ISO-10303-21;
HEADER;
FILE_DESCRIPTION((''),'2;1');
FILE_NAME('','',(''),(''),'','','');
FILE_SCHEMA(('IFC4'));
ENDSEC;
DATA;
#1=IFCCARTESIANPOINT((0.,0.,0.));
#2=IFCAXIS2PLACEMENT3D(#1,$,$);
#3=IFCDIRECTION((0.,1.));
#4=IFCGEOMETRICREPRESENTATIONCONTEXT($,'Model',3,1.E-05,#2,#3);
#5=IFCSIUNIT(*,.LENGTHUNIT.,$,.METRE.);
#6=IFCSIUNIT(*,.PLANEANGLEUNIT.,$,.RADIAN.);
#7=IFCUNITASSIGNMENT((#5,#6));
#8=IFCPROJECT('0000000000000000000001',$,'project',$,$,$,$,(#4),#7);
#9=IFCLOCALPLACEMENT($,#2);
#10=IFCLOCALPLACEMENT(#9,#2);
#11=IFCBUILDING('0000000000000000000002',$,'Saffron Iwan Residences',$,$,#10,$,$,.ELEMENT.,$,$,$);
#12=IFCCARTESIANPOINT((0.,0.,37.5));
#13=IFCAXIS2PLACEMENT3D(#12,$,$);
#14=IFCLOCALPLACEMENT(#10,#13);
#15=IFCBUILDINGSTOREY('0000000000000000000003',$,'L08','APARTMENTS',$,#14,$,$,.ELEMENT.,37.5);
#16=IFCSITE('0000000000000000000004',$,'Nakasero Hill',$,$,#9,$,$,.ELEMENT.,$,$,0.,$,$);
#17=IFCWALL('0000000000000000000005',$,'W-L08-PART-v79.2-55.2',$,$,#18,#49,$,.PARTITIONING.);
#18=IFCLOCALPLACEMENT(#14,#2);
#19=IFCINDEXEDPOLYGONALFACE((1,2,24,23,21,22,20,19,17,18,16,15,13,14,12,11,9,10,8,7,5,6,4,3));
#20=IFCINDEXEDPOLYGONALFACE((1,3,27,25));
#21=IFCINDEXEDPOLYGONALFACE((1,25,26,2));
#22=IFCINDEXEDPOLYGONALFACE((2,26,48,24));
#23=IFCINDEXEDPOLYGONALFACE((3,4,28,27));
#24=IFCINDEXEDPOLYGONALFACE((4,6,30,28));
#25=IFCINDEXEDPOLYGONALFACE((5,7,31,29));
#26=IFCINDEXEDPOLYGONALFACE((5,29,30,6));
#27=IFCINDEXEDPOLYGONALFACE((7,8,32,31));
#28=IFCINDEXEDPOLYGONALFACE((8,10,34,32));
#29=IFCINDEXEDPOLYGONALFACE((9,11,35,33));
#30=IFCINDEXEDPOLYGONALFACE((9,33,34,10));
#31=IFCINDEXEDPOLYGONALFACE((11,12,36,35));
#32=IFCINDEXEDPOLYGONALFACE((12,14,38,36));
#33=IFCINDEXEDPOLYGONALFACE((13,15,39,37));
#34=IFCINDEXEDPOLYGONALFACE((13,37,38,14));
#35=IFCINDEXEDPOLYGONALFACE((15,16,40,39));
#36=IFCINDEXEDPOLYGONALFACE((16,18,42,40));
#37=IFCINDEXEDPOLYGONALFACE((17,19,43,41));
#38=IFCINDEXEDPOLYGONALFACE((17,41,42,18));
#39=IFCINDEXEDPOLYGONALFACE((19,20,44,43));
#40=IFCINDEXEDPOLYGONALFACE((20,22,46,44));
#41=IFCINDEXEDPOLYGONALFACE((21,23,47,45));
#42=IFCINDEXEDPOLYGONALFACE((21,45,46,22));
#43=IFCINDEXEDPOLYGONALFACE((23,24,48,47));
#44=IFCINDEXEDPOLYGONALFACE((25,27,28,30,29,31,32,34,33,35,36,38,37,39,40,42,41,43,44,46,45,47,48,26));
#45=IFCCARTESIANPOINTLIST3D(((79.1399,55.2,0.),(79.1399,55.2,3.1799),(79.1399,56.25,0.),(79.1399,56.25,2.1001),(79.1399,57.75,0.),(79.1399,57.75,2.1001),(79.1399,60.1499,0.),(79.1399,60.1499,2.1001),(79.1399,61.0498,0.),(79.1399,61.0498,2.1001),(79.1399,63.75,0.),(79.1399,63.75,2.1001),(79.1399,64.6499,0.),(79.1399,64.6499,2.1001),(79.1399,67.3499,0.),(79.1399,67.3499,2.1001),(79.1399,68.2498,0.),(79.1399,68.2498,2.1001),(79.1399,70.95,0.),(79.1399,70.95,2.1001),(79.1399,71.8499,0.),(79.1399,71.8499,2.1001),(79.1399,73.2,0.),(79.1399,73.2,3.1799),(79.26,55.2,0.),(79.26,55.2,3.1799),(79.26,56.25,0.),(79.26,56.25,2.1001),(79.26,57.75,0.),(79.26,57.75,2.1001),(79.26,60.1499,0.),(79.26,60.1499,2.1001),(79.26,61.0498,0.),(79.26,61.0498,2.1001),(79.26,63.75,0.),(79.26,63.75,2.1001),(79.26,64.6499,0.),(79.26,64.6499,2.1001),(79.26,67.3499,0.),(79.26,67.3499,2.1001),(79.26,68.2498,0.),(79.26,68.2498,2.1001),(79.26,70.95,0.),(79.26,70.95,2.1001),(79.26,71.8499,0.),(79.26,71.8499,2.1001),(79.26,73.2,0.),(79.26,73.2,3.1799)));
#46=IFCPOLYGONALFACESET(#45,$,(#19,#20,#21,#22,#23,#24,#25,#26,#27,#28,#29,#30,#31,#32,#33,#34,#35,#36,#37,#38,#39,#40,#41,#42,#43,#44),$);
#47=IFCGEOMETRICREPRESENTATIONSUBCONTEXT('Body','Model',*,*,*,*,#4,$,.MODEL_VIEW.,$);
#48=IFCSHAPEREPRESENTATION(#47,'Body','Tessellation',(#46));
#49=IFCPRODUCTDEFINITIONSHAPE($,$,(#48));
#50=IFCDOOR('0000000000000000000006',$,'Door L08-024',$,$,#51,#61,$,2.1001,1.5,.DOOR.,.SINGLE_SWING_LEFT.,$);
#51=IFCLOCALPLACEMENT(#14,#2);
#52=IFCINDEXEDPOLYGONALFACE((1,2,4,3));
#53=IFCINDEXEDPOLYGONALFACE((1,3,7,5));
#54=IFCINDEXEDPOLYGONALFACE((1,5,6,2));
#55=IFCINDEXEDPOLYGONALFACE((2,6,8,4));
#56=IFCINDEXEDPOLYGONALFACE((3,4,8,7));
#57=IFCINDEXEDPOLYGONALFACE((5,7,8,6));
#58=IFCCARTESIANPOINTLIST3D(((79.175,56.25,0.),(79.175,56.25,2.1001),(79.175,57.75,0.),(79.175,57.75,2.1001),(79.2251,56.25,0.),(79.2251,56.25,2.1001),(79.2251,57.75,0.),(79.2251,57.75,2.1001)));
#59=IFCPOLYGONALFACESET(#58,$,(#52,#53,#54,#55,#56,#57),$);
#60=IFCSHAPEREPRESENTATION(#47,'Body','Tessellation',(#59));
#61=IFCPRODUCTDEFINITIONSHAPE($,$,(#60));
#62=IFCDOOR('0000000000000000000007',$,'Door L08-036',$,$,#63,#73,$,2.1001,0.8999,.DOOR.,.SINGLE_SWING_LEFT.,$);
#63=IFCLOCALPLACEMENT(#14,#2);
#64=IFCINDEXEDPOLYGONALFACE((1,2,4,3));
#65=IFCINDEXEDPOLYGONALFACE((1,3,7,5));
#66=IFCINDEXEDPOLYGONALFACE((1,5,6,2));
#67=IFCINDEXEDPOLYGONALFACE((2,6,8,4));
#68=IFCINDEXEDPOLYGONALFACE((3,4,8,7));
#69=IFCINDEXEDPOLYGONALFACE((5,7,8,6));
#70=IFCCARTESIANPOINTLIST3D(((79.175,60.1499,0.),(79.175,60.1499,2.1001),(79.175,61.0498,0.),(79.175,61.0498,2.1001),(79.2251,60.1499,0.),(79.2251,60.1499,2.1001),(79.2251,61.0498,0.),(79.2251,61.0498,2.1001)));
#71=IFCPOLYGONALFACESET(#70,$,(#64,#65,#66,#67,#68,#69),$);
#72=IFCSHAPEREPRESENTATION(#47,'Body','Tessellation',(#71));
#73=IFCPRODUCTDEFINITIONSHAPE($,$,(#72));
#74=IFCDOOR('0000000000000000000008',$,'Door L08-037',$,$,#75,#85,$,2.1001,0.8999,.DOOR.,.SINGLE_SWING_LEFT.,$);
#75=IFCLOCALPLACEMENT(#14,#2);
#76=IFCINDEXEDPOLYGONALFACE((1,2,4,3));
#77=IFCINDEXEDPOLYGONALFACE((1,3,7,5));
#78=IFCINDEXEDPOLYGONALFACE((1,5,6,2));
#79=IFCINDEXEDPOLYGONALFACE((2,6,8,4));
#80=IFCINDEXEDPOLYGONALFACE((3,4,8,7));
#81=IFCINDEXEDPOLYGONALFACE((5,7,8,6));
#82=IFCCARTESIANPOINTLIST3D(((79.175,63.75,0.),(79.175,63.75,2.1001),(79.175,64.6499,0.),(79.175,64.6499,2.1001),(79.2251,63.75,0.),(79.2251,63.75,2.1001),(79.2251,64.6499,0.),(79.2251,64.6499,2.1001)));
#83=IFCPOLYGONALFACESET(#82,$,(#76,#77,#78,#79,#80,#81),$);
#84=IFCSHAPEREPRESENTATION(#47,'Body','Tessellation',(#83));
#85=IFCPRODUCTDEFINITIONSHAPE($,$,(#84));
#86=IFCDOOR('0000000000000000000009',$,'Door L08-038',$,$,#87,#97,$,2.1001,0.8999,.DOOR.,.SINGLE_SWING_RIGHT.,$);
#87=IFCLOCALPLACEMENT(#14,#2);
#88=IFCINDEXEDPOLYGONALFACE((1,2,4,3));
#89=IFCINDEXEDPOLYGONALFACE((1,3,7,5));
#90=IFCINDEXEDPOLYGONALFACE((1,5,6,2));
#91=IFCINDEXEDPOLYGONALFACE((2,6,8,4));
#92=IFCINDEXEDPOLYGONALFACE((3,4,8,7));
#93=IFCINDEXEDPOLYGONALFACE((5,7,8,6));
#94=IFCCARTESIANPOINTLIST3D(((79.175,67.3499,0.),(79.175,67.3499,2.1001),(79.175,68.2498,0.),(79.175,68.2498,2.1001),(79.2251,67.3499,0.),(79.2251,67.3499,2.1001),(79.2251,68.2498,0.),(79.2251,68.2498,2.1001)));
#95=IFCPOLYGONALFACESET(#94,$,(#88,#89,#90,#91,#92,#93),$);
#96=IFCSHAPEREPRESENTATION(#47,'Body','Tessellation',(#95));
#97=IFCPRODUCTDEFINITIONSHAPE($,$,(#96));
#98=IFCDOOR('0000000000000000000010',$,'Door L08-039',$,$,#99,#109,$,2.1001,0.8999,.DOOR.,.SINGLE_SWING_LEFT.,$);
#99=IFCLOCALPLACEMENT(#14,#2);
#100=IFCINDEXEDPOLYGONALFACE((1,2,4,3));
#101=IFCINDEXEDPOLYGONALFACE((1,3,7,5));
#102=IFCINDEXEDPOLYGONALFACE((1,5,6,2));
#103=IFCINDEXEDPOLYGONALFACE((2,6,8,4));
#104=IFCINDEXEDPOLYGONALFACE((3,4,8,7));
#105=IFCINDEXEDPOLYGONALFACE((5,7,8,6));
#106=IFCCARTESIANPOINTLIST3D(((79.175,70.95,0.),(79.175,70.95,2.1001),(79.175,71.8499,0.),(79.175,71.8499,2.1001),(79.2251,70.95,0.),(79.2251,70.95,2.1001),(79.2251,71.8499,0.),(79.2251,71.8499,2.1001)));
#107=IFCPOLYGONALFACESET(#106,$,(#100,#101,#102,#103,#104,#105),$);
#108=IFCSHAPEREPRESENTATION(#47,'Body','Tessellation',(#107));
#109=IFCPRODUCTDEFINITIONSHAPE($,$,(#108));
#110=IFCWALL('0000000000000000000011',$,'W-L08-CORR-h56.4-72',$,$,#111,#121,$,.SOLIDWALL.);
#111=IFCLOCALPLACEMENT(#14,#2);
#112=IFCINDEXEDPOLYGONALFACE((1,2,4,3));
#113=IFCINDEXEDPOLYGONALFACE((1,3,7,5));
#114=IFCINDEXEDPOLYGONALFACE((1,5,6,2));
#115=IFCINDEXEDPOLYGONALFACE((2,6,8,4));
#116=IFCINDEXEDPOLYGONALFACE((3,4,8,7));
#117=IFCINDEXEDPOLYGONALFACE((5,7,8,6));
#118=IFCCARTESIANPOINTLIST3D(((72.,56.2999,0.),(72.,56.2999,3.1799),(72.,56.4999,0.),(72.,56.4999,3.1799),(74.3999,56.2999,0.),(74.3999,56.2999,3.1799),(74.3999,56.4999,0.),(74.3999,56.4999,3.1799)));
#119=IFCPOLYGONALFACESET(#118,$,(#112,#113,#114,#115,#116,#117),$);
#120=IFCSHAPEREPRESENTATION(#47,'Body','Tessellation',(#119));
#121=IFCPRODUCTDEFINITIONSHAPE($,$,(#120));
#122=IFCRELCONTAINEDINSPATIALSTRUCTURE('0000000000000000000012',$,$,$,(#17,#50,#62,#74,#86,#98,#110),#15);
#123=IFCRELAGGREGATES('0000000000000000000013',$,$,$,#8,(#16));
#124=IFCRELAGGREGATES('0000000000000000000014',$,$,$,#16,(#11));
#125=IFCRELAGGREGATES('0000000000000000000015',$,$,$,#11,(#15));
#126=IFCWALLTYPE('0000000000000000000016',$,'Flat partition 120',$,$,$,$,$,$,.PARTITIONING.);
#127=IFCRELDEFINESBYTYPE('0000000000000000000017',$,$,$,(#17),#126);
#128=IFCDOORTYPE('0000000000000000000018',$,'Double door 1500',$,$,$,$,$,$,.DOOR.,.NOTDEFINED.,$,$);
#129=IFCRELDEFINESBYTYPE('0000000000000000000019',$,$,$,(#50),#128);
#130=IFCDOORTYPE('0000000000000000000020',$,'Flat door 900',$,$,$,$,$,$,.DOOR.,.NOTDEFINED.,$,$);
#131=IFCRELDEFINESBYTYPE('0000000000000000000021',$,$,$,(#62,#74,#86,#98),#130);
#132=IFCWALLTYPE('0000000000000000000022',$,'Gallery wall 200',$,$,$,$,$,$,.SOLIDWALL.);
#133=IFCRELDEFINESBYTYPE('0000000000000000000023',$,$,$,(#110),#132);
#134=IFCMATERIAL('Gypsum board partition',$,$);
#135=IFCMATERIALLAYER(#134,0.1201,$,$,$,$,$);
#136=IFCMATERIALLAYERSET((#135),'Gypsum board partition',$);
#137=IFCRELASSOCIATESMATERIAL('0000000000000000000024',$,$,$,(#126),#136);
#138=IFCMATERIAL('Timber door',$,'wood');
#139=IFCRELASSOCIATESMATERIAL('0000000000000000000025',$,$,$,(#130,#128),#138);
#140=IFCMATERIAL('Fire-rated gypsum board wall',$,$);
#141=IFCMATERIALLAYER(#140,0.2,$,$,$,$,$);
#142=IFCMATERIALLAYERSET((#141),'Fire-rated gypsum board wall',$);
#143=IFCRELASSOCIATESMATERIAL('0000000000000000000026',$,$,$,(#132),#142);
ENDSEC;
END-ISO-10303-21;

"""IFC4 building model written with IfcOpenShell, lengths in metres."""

from ifc_helpers import new_model, si_unit, direction, frame, frame_2d, origin, place, context, subcontext, project, spatial, rectangle, extrude, material, layer, layer_set, type_object, element, fill, save


model = new_model("IFC4")

# Units and contexts
model_context = context("Model", 3, precision=1e-05, world=origin(), true_north=direction((0.0, 1.0)))
body_context = subcontext(model_context, "Body", "Model", "MODEL_VIEW")
ifc_project = project(units=[si_unit("LENGTHUNIT", "METRE"), si_unit("PLANEANGLEUNIT", "RADIAN")], contexts=[model_context])

# Site, building, storey
site_placement = place(None, origin())
site = spatial("IfcSite", under=ifc_project, at=site_placement, Name="Nakasero Hill", CompositionType="ELEMENT", RefElevation=0.0)
building_placement = place(site_placement, origin())
building = spatial("IfcBuilding", under=site, at=building_placement, Name="Saffron Iwan Residences", CompositionType="ELEMENT")
storey_placement = place(building_placement, frame((0.0, 0.0, 37.5)))
storey = spatial("IfcBuildingStorey", under=building, at=storey_placement, Name="L08", Description="APARTMENTS", CompositionType="ELEMENT", Elevation=37.5)

# Shared definitions
ifc_material_1 = material(Name="Fire-rated gypsum board wall")
ifc_material_2 = material(Name="Gypsum board partition")
ifc_layer_1 = layer(ifc_material_2, 0.1201)
ifc_layer_set_1 = layer_set([ifc_layer_1], Name="Gypsum board partition")
wall_type_1 = type_object("IfcWallType", Name="Flat partition 120", PredefinedType="PARTITIONING", material=ifc_layer_set_1)

# Wall, openings, doors
ifc_material_3 = material(Name="Timber door", Category="wood")
door_type_1 = type_object("IfcDoorType", Name="Flat door 900", OperationType="NOTDEFINED", PredefinedType="DOOR", material=ifc_material_3)
wall_1_placement = place(storey_placement, frame((79.2, 55.2, 0.0), z_axis=(0.0, 0.0, 1.0), x_axis=(0.0, 1.0, 0.0)))
wall_1 = element("IfcWall", 1, at=wall_1_placement, inside=storey, type_object=wall_type_1, Name="W-L08-PART-v79.2-55.2", PredefinedType="PARTITIONING", context=body_context, shape_type="SweptSolid", body=[
    extrude(rectangle(XDim=18.0, YDim=0.1201, at=frame_2d((9.0, 0.0))), origin(), (0.0, 0.0, 1.0), 3.1799),
])
opening_1_placement = place(wall_1_placement, frame((1.05, 0.0, 0.0)))
opening_1 = element("IfcOpeningElement", 2, at=opening_1_placement, cuts=wall_1, PredefinedType="OPENING", context=body_context, shape_type="SweptSolid", body=[
    extrude(rectangle(XDim=1.5, YDim=2.1001, at=frame_2d((0.75, 1.05))), frame((0.0, 0.0701, 0.0), z_axis=(0.0, -1.0, 0.0), x_axis=(1.0, 0.0, 0.0)), (0.0, 0.0, 1.0), 0.1401),
])
opening_2_placement = place(wall_1_placement, frame((4.95, 0.0, 0.0)))
opening_2 = element("IfcOpeningElement", 3, at=opening_2_placement, cuts=wall_1, PredefinedType="OPENING", context=body_context, shape_type="SweptSolid", body=[
    extrude(rectangle(XDim=0.8999, YDim=2.1001, at=frame_2d((0.45, 1.05))), frame((0.0, 0.0701, 0.0), z_axis=(0.0, -1.0, 0.0), x_axis=(1.0, 0.0, 0.0)), (0.0, 0.0, 1.0), 0.1401),
])
opening_3_placement = place(wall_1_placement, frame((8.55, 0.0, 0.0)))
opening_3 = element("IfcOpeningElement", 4, at=opening_3_placement, cuts=wall_1, PredefinedType="OPENING", context=body_context, shape_type="SweptSolid", body=[
    extrude(rectangle(XDim=0.8999, YDim=2.1001, at=frame_2d((0.45, 1.05))), frame((0.0, 0.0701, 0.0), z_axis=(0.0, -1.0, 0.0), x_axis=(1.0, 0.0, 0.0)), (0.0, 0.0, 1.0), 0.1401),
])
opening_4_placement = place(wall_1_placement, frame((12.1499, 0.0, 0.0)))
opening_4 = element("IfcOpeningElement", 5, at=opening_4_placement, cuts=wall_1, PredefinedType="OPENING", context=body_context, shape_type="SweptSolid", body=[
    extrude(rectangle(XDim=0.8999, YDim=2.1001, at=frame_2d((0.45, 1.05))), frame((0.0, 0.0701, 0.0), z_axis=(0.0, -1.0, 0.0), x_axis=(1.0, 0.0, 0.0)), (0.0, 0.0, 1.0), 0.1401),
])
opening_5_placement = place(wall_1_placement, frame((15.75, 0.0, 0.0)))
opening_5 = element("IfcOpeningElement", 6, at=opening_5_placement, cuts=wall_1, PredefinedType="OPENING", context=body_context, shape_type="SweptSolid", body=[
    extrude(rectangle(XDim=0.8999, YDim=2.1001, at=frame_2d((0.45, 1.05))), frame((0.0, 0.0701, 0.0), z_axis=(0.0, -1.0, 0.0), x_axis=(1.0, 0.0, 0.0)), (0.0, 0.0, 1.0), 0.1401),
])
door_type_2 = type_object("IfcDoorType", Name="Double door 1500", OperationType="NOTDEFINED", PredefinedType="DOOR", material=ifc_material_3)
door_1_placement = place(opening_1_placement, origin())
door_1 = element("IfcDoor", 7, at=door_1_placement, inside=storey, type_object=door_type_2, Name="Door L08-024", OperationType="SINGLE_SWING_LEFT", OverallHeight=2.1001, OverallWidth=1.5, PredefinedType="DOOR", context=body_context, shape_type="SweptSolid", body=[
    extrude(rectangle(XDim=1.5, YDim=2.1001, at=frame_2d((0.75, 1.05))), frame((0.0, 0.0249, 0.0), z_axis=(0.0, -1.0, 0.0), x_axis=(1.0, 0.0, 0.0)), (0.0, 0.0, 1.0), 0.05),
])
fill(opening_1, door_1)
door_2_placement = place(opening_2_placement, origin())
door_2 = element("IfcDoor", 8, at=door_2_placement, inside=storey, type_object=door_type_1, Name="Door L08-036", OperationType="SINGLE_SWING_LEFT", OverallHeight=2.1001, OverallWidth=0.8999, PredefinedType="DOOR", context=body_context, shape_type="SweptSolid", body=[
    extrude(rectangle(XDim=0.8999, YDim=2.1001, at=frame_2d((0.45, 1.05))), frame((0.0, 0.0249, 0.0), z_axis=(0.0, -1.0, 0.0), x_axis=(1.0, 0.0, 0.0)), (0.0, 0.0, 1.0), 0.05),
])
fill(opening_2, door_2)
door_3_placement = place(opening_3_placement, origin())
door_3 = element("IfcDoor", 9, at=door_3_placement, inside=storey, type_object=door_type_1, Name="Door L08-037", OperationType="SINGLE_SWING_LEFT", OverallHeight=2.1001, OverallWidth=0.8999, PredefinedType="DOOR", context=body_context, shape_type="SweptSolid", body=[
    extrude(rectangle(XDim=0.8999, YDim=2.1001, at=frame_2d((0.45, 1.05))), frame((0.0, 0.0249, 0.0), z_axis=(0.0, -1.0, 0.0), x_axis=(1.0, 0.0, 0.0)), (0.0, 0.0, 1.0), 0.05),
])
fill(opening_3, door_3)
door_4_placement = place(opening_4_placement, origin())
door_4 = element("IfcDoor", 10, at=door_4_placement, inside=storey, type_object=door_type_1, Name="Door L08-038", OperationType="SINGLE_SWING_RIGHT", OverallHeight=2.1001, OverallWidth=0.8999, PredefinedType="DOOR", context=body_context, shape_type="SweptSolid", body=[
    extrude(rectangle(XDim=0.8999, YDim=2.1001, at=frame_2d((0.45, 1.05))), frame((0.0, 0.0249, 0.0), z_axis=(0.0, -1.0, 0.0), x_axis=(1.0, 0.0, 0.0)), (0.0, 0.0, 1.0), 0.05),
])
fill(opening_4, door_4)
door_5_placement = place(opening_5_placement, origin())
door_5 = element("IfcDoor", 11, at=door_5_placement, inside=storey, type_object=door_type_1, Name="Door L08-039", OperationType="SINGLE_SWING_LEFT", OverallHeight=2.1001, OverallWidth=0.8999, PredefinedType="DOOR", context=body_context, shape_type="SweptSolid", body=[
    extrude(rectangle(XDim=0.8999, YDim=2.1001, at=frame_2d((0.45, 1.05))), frame((0.0, 0.0249, 0.0), z_axis=(0.0, -1.0, 0.0), x_axis=(1.0, 0.0, 0.0)), (0.0, 0.0, 1.0), 0.05),
])
fill(opening_5, door_5)

# Wall
ifc_layer_2 = layer(ifc_material_1, 0.2)
ifc_layer_set_2 = layer_set([ifc_layer_2], Name="Fire-rated gypsum board wall")
wall_type_2 = type_object("IfcWallType", Name="Gallery wall 200", PredefinedType="SOLIDWALL", material=ifc_layer_set_2)
wall_2_placement = place(storey_placement, frame((72.0, 56.3999, 0.0), z_axis=(0.0, 0.0, 1.0), x_axis=(1.0, 0.0, 0.0)))
element("IfcWall", 12, at=wall_2_placement, inside=storey, type_object=wall_type_2, Name="W-L08-CORR-h56.4-72", PredefinedType="SOLIDWALL", context=body_context, shape_type="SweptSolid", body=[
    extrude(rectangle(XDim=2.3999, YDim=0.2, at=frame_2d((1.2, 0.0))), origin(), (0.0, 0.0, 1.0), 3.1799),
])

save(model, "model.ifc")
